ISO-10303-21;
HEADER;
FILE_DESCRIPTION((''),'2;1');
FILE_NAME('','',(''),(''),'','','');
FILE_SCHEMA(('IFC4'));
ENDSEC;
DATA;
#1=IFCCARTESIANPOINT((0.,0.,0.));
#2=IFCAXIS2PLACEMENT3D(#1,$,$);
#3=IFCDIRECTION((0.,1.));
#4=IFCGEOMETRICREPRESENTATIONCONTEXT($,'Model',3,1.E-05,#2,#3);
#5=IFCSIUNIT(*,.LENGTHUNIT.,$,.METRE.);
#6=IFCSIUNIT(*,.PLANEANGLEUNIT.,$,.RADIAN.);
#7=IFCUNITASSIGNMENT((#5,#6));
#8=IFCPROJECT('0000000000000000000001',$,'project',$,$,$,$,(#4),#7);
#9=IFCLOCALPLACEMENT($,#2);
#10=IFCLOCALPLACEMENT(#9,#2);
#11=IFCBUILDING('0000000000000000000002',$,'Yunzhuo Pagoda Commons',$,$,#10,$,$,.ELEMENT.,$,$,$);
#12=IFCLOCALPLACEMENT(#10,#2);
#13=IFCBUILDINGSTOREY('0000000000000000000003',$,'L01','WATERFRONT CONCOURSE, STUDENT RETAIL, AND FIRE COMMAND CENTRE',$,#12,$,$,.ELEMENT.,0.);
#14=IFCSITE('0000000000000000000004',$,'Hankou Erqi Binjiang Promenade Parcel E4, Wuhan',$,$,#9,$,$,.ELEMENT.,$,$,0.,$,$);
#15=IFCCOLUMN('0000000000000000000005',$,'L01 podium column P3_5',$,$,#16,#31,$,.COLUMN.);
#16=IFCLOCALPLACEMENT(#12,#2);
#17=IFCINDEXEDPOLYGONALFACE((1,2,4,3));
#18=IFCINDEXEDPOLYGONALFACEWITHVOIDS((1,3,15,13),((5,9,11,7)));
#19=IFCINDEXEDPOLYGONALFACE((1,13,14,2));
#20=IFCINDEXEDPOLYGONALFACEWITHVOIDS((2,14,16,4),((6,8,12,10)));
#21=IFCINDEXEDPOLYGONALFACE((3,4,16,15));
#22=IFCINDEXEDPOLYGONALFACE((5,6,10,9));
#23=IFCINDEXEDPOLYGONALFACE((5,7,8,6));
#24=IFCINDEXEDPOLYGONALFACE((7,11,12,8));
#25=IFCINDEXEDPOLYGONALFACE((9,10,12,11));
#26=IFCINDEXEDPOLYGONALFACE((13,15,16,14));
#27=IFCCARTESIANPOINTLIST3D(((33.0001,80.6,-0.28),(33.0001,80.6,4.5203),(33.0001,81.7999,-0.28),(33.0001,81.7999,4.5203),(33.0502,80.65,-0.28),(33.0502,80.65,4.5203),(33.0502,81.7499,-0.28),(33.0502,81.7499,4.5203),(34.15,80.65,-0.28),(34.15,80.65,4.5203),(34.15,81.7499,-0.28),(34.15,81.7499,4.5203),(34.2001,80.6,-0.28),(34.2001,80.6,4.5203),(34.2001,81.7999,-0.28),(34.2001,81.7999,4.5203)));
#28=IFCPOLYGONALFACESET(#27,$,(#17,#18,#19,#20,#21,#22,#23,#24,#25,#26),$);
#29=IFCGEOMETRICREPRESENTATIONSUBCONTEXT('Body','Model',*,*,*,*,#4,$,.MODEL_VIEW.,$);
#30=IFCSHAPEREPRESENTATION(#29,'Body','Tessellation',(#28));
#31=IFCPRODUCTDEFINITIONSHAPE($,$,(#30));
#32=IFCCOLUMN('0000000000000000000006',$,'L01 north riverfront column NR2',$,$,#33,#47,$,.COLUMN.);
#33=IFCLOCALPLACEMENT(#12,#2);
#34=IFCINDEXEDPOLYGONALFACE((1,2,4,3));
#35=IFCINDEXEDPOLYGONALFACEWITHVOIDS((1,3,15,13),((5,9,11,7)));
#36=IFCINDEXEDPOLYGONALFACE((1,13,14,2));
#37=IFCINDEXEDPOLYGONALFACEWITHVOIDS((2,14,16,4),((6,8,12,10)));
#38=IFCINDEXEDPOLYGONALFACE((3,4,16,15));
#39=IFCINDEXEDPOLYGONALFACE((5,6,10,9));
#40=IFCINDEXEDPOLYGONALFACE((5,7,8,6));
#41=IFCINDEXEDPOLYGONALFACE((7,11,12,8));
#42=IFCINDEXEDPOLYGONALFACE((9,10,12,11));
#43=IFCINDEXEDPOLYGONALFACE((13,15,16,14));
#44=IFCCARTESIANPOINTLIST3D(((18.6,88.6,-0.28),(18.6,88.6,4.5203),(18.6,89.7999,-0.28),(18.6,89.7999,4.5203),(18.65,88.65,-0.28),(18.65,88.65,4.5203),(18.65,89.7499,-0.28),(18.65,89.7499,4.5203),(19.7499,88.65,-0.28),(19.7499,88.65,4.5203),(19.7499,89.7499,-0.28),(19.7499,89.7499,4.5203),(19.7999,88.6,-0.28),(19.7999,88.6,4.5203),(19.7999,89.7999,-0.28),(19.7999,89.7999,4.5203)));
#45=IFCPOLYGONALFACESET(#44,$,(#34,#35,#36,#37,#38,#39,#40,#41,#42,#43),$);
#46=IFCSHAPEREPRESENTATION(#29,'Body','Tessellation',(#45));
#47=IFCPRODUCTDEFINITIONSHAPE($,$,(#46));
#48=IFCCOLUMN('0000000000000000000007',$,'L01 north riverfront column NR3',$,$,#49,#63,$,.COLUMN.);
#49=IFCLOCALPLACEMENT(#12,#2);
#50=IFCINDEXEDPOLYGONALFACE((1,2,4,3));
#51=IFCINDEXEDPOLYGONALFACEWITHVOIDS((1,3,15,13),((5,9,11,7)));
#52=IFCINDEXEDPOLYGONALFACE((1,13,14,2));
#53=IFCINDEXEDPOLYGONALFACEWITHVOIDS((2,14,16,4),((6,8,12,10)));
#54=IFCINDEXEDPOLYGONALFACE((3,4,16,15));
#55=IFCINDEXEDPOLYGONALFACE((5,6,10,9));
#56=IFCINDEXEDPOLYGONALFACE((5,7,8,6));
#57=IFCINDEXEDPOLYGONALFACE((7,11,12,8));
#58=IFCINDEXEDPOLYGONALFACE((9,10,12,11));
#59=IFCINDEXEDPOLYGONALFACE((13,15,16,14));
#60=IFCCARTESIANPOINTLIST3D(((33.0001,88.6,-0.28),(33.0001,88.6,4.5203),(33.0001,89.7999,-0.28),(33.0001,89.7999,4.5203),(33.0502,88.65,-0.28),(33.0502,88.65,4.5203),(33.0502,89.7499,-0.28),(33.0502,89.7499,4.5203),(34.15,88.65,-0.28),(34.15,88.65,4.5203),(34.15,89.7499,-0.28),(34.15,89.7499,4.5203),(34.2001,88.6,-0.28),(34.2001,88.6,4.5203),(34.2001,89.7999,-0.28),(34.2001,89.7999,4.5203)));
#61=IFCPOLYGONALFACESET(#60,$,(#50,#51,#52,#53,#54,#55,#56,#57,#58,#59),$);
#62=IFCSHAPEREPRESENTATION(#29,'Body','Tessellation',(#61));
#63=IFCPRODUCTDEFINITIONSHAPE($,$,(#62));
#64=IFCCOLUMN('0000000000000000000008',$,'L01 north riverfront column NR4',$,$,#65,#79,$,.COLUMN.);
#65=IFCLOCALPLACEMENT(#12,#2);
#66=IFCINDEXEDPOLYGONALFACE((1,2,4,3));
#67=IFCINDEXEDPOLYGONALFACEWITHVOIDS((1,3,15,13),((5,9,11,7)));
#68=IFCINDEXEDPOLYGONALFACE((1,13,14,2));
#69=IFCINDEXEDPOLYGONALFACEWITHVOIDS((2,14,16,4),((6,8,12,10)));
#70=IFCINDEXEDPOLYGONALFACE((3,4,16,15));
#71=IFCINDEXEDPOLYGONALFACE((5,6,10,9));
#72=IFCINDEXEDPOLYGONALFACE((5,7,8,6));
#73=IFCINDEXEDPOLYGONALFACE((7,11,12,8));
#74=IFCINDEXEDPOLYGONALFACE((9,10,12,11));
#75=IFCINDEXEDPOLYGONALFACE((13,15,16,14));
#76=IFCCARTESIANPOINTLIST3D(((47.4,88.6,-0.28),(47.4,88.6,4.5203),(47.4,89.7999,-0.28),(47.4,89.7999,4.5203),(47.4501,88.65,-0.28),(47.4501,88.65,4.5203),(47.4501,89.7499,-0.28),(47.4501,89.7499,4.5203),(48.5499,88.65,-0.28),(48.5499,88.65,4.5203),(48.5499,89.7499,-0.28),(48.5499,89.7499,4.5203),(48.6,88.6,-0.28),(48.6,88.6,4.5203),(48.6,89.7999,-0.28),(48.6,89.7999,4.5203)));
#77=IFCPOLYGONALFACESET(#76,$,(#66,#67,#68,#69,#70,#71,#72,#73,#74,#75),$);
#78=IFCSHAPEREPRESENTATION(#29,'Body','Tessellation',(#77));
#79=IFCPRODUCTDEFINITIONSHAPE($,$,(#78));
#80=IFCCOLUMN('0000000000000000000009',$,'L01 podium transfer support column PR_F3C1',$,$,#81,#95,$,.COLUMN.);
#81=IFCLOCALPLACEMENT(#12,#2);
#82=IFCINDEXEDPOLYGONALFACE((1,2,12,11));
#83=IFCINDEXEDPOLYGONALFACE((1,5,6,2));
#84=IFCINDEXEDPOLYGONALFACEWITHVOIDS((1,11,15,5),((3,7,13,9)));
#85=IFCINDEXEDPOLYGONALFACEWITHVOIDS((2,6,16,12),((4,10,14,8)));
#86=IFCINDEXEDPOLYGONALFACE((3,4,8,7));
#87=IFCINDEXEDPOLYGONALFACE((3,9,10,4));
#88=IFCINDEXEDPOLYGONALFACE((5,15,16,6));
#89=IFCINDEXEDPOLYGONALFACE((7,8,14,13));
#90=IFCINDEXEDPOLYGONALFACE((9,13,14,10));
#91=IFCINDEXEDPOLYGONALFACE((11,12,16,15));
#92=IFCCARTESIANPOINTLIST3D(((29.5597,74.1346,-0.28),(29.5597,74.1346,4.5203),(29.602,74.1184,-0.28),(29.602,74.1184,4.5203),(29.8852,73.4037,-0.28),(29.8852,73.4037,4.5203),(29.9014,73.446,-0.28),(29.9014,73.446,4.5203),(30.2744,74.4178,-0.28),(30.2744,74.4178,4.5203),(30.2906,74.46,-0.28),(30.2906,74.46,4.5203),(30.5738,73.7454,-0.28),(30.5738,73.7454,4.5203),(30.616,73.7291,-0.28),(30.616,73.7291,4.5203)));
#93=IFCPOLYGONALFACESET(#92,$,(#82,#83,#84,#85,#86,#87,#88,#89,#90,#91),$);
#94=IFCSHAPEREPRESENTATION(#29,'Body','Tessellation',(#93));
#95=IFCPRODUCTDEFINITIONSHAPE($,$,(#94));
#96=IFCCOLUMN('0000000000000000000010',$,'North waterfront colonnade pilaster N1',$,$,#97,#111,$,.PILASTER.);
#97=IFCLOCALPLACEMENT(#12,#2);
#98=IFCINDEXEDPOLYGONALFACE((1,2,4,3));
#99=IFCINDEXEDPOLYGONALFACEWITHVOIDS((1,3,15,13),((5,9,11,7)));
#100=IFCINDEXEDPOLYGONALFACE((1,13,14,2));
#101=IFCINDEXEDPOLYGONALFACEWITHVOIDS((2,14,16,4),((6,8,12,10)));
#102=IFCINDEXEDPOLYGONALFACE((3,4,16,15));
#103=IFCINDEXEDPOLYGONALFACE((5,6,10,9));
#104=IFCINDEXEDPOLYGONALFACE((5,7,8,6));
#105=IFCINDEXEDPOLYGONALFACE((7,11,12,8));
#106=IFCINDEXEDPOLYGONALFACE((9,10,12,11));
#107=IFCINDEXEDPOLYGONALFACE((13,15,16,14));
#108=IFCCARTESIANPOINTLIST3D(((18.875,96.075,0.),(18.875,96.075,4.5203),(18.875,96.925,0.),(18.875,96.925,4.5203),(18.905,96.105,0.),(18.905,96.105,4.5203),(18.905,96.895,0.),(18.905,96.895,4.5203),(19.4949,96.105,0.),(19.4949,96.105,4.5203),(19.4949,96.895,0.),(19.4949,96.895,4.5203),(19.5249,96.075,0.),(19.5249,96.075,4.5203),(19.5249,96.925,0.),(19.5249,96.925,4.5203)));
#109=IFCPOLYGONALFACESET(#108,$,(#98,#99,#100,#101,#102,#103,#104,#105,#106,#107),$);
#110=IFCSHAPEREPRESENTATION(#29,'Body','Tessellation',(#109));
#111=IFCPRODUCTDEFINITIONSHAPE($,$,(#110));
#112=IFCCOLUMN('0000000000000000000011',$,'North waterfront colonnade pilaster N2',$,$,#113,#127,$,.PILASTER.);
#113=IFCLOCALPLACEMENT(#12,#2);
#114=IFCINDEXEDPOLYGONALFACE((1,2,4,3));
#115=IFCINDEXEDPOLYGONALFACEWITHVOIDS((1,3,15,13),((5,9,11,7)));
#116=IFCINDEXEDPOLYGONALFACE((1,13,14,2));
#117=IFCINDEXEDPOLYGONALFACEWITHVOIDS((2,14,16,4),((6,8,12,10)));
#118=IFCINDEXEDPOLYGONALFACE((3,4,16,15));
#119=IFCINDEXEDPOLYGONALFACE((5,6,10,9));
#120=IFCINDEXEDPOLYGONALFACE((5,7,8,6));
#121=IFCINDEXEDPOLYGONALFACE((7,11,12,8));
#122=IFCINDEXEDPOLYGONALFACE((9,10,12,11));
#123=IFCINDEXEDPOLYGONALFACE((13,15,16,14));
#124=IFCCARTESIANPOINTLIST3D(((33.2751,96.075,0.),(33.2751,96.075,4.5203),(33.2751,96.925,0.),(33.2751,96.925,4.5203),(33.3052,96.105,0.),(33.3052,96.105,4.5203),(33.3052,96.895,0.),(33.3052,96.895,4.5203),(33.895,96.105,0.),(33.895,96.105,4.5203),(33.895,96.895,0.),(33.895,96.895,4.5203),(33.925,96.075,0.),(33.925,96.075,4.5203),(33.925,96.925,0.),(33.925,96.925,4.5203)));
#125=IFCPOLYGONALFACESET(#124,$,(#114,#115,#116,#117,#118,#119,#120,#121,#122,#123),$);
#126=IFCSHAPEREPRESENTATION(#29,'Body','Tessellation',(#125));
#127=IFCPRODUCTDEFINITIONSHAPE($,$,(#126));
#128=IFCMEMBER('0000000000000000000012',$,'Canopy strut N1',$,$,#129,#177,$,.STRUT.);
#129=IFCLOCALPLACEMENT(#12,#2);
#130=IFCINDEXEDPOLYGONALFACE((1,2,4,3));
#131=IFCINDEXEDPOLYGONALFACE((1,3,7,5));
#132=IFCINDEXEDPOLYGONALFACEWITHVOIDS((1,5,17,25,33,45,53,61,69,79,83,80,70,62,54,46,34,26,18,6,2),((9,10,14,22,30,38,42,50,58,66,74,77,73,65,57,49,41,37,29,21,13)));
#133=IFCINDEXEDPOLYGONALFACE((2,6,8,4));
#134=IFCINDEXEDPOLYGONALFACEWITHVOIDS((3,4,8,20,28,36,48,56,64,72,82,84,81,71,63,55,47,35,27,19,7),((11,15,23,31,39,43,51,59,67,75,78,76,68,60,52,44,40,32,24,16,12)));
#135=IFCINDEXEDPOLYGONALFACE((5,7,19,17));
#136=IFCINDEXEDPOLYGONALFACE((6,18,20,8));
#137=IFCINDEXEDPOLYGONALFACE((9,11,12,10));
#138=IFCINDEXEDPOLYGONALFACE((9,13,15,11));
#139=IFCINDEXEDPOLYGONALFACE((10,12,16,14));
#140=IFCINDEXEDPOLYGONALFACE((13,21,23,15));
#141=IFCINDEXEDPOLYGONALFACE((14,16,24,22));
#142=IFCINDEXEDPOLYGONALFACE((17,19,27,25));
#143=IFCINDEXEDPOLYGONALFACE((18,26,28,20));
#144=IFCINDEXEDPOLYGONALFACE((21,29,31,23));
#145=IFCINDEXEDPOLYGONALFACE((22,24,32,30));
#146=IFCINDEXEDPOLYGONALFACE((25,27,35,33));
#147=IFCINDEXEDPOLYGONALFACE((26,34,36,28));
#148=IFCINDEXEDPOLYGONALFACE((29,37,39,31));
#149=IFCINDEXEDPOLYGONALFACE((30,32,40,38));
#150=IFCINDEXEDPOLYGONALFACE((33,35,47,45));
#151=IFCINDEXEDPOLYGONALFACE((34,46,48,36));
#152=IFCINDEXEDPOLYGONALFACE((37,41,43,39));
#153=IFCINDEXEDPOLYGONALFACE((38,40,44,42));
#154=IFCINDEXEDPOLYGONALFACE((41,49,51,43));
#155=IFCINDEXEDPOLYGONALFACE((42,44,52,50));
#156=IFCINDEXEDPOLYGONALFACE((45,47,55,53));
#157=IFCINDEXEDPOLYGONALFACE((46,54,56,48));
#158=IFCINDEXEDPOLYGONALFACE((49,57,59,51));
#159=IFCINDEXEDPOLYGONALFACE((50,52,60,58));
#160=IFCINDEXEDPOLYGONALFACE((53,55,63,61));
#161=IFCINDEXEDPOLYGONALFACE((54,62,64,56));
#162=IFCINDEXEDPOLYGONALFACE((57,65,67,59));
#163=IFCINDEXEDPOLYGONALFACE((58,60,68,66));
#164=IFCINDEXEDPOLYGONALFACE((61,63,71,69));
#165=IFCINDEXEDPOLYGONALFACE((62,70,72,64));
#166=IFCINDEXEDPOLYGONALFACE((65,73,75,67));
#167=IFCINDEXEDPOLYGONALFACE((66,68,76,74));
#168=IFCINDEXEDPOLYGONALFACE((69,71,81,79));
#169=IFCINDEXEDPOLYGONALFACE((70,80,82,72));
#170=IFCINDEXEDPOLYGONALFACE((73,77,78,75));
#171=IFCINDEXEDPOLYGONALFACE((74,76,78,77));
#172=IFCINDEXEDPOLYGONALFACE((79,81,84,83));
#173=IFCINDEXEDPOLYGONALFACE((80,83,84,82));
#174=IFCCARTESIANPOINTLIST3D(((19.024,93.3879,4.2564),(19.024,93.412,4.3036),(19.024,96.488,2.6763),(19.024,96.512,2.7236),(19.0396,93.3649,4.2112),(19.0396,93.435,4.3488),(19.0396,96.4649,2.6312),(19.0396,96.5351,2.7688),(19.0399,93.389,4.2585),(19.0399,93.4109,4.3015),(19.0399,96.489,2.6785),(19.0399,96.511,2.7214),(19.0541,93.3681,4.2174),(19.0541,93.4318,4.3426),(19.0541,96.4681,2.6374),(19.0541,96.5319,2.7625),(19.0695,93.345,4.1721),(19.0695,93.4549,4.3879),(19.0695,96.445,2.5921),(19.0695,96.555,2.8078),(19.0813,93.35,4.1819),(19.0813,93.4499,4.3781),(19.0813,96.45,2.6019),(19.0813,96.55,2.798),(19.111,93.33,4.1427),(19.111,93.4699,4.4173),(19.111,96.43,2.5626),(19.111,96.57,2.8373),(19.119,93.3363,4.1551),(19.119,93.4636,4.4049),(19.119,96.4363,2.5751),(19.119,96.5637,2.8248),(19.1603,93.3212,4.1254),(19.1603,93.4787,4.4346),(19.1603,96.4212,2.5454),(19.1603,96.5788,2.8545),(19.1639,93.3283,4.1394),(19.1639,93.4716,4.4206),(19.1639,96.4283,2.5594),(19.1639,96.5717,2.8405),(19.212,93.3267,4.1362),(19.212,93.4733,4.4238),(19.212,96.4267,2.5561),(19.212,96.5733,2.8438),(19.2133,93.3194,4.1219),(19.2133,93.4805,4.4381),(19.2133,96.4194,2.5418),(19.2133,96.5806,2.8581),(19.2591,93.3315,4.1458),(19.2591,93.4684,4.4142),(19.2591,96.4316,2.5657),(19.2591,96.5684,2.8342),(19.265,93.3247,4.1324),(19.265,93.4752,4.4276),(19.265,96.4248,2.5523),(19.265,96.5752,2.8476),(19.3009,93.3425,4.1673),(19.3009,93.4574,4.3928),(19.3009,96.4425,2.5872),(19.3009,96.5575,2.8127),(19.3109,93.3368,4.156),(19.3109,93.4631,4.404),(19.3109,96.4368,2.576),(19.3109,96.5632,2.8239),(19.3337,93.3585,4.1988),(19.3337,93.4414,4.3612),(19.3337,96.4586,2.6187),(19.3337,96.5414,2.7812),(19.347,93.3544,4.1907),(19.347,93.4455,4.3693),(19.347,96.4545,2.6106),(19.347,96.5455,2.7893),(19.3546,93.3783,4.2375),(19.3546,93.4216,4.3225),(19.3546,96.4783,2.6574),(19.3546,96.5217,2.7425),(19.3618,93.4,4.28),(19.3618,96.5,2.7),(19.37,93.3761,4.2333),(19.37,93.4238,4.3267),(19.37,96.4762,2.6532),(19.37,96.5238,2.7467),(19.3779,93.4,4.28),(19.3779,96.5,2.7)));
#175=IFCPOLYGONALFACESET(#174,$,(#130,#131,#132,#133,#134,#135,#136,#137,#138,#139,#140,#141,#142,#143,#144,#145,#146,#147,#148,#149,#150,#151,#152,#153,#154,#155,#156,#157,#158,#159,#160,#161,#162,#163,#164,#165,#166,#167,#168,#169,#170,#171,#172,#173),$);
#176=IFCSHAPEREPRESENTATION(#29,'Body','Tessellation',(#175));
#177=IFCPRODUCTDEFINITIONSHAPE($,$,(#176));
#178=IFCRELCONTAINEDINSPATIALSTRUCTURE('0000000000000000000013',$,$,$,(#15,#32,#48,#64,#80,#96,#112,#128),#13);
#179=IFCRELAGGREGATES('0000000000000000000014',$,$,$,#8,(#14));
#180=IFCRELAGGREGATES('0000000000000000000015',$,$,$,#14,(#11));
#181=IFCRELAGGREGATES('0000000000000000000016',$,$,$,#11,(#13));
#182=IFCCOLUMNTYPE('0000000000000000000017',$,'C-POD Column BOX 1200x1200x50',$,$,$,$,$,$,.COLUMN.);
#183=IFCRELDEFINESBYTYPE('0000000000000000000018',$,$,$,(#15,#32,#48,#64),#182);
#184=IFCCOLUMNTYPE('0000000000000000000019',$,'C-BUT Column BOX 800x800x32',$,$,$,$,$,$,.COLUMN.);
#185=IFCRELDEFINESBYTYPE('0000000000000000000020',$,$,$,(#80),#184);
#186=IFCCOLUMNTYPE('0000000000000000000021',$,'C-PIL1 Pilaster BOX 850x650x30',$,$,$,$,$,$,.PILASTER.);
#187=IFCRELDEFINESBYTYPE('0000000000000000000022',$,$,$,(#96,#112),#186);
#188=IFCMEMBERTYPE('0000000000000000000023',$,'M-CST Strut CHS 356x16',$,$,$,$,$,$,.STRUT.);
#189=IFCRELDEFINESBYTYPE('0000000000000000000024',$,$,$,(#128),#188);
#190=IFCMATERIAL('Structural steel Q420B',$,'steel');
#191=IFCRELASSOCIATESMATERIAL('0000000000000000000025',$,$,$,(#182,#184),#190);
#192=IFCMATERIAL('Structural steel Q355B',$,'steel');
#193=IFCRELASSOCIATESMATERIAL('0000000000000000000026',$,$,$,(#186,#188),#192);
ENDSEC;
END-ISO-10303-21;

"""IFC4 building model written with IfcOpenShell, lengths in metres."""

from ifc_helpers import new_model, si_unit, direction, frame, origin, origin_2d, place, context, subcontext, project, spatial, hollow_rectangle, hollow_circle, extrude, source, transform, mapped, material, material_profile, profile_set, type_object, element, save


model = new_model("IFC4")

# Units and contexts
model_context = context("Model", 3, precision=1e-05, world=origin(), true_north=direction((0.0, 1.0)))
body_context = subcontext(model_context, "Body", "Model", "MODEL_VIEW")
ifc_project = project(units=[si_unit("LENGTHUNIT", "METRE"), si_unit("PLANEANGLEUNIT", "RADIAN")], contexts=[model_context])

# Site, building, storey
site_placement = place(None, origin())
site = spatial("IfcSite", under=ifc_project, at=site_placement, Name="Hankou Erqi Binjiang Promenade Parcel E4, Wuhan", CompositionType="ELEMENT", RefElevation=0.0)
building_placement = place(site_placement, origin())
building = spatial("IfcBuilding", under=site, at=building_placement, Name="Yunzhuo Pagoda Commons", CompositionType="ELEMENT")
storey_placement = place(building_placement, origin())
storey = spatial("IfcBuildingStorey", under=building, at=storey_placement, Name="L01", Description="WATERFRONT CONCOURSE, STUDENT RETAIL, AND FIRE COMMAND CENTRE", CompositionType="ELEMENT", Elevation=0.0)

# Columns
ifc_material_1 = material(Name="Structural steel Q420B", Category="steel")
ifc_material_profile_1 = material_profile(ifc_material_1, hollow_rectangle(XDim=1.2, YDim=1.2, WallThickness=0.05, at=origin_2d()), Name="Structural steel Q420B")
ifc_profile_set_1 = profile_set([ifc_material_profile_1], Name="Structural steel Q420B")
column_type_1 = type_object("IfcColumnType", Name="C-POD Column BOX 1200x1200x50", PredefinedType="COLUMN", material=ifc_profile_set_1)
shared_shape_1 = source(origin(), body_context, "Body", "SweptSolid", [
    extrude(hollow_rectangle(XDim=1.2, YDim=1.2, WallThickness=0.05, at=origin_2d()), origin(), (0.0, 0.0, 1.0), 4.8003),
])
for number, where, z_axis, x_axis, name in (
    (1, (33.6001, 81.2, -0.28), (0.0, 0.0, 1.0), (1.0, 0.0, 0.0), "L01 podium column P3_5"),
    (2, (19.2, 89.2, -0.28), (0.0, 0.0, 1.0), (1.0, 0.0, 0.0), "L01 north riverfront column NR2"),
    (3, (33.6001, 89.2, -0.28), (0.0, 0.0, 1.0), (1.0, 0.0, 0.0), "L01 north riverfront column NR3"),
    (4, (48.0, 89.2, -0.28), (0.0, 0.0, 1.0), (1.0, 0.0, 0.0), "L01 north riverfront column NR4"),
):
    element("IfcColumn", number, at=place(storey_placement, frame(where, z_axis=z_axis, x_axis=x_axis)), inside=storey, type_object=column_type_1, Name=name, PredefinedType="COLUMN", context=body_context, shape_type="MappedRepresentation", body=[
        mapped(shared_shape_1, transform((0.0, 0.0, 0.0), scale=1.0)),
    ])
ifc_material_profile_2 = material_profile(ifc_material_1, hollow_rectangle(XDim=0.8, YDim=0.8, WallThickness=0.032, at=origin_2d()), Name="Structural steel Q420B")
ifc_profile_set_2 = profile_set([ifc_material_profile_2], Name="Structural steel Q420B")
column_type_2 = type_object("IfcColumnType", Name="C-BUT Column BOX 800x800x32", PredefinedType="COLUMN", material=ifc_profile_set_2)
shared_shape_2 = source(origin(), body_context, "Body", "SweptSolid", [
    extrude(hollow_rectangle(XDim=0.8, YDim=0.8, WallThickness=0.032, at=origin_2d()), origin(), (0.0, 0.0, 1.0), 4.8003),
])
column_placement = place(storey_placement, frame((30.0879, 73.9319, -0.28), z_axis=(0.0, 0.0, 1.0), x_axis=(-0.913545, -0.406737, 0.0)))
element("IfcColumn", 5, at=column_placement, inside=storey, type_object=column_type_2, Name="L01 podium transfer support column PR_F3C1", PredefinedType="COLUMN", context=body_context, shape_type="MappedRepresentation", body=[
    mapped(shared_shape_2, transform((0.0, 0.0, 0.0), scale=1.0)),
])
ifc_material_2 = material(Name="Structural steel Q355B", Category="steel")
ifc_material_profile_3 = material_profile(ifc_material_2, hollow_rectangle(XDim=0.6499, YDim=0.8501, WallThickness=0.03, at=origin_2d()), Name="Structural steel Q355B")
ifc_profile_set_3 = profile_set([ifc_material_profile_3], Name="Structural steel Q355B")
column_type_3 = type_object("IfcColumnType", Name="C-PIL1 Pilaster BOX 850x650x30", PredefinedType="PILASTER", material=ifc_profile_set_3)
shared_shape_3 = source(origin(), body_context, "Body", "SweptSolid", [
    extrude(hollow_rectangle(XDim=0.6499, YDim=0.8501, WallThickness=0.03, at=origin_2d()), origin(), (0.0, 0.0, 1.0), 4.5203),
])
for number, where, z_axis, x_axis, name in (
    (6, (19.2, 96.5, 0.0), (0.0, 0.0, 1.0), (1.0, 0.0, 0.0), "North waterfront colonnade pilaster N1"),
    (7, (33.6001, 96.5, 0.0), (0.0, 0.0, 1.0), (1.0, 0.0, 0.0), "North waterfront colonnade pilaster N2"),
):
    element("IfcColumn", number, at=place(storey_placement, frame(where, z_axis=z_axis, x_axis=x_axis)), inside=storey, type_object=column_type_3, Name=name, PredefinedType="PILASTER", context=body_context, shape_type="MappedRepresentation", body=[
        mapped(shared_shape_3, transform((0.0, 0.0, 0.0), scale=1.0)),
    ])

# Member
ifc_material_profile_4 = material_profile(ifc_material_2, hollow_circle(Radius=0.178, WallThickness=0.0161, at=origin_2d()), Name="Structural steel Q355B")
ifc_profile_set_4 = profile_set([ifc_material_profile_4], Name="Structural steel Q355B")
member_type = type_object("IfcMemberType", Name="M-CST Strut CHS 356x16", PredefinedType="STRUT", material=ifc_profile_set_4)
shared_shape_4 = source(origin(), body_context, "Body", "SweptSolid", [
    extrude(hollow_circle(Radius=0.178, WallThickness=0.0161, at=origin_2d()), origin(), (0.0, 0.0, 1.0), 3.4795),
])
for number, where, z_axis, x_axis, name in (
    (8, (19.2, 96.5, 2.7), (0.0, -0.890948, 0.454104), (1.0, 0.0, 0.0), "Canopy strut N1"),
):
    element("IfcMember", number, at=place(storey_placement, frame(where, z_axis=z_axis, x_axis=x_axis)), inside=storey, type_object=member_type, Name=name, PredefinedType="STRUT", context=body_context, shape_type="MappedRepresentation", body=[
        mapped(shared_shape_4, transform((0.0, 0.0, 0.0), scale=1.0)),
    ])

save(model, "model.ifc")
